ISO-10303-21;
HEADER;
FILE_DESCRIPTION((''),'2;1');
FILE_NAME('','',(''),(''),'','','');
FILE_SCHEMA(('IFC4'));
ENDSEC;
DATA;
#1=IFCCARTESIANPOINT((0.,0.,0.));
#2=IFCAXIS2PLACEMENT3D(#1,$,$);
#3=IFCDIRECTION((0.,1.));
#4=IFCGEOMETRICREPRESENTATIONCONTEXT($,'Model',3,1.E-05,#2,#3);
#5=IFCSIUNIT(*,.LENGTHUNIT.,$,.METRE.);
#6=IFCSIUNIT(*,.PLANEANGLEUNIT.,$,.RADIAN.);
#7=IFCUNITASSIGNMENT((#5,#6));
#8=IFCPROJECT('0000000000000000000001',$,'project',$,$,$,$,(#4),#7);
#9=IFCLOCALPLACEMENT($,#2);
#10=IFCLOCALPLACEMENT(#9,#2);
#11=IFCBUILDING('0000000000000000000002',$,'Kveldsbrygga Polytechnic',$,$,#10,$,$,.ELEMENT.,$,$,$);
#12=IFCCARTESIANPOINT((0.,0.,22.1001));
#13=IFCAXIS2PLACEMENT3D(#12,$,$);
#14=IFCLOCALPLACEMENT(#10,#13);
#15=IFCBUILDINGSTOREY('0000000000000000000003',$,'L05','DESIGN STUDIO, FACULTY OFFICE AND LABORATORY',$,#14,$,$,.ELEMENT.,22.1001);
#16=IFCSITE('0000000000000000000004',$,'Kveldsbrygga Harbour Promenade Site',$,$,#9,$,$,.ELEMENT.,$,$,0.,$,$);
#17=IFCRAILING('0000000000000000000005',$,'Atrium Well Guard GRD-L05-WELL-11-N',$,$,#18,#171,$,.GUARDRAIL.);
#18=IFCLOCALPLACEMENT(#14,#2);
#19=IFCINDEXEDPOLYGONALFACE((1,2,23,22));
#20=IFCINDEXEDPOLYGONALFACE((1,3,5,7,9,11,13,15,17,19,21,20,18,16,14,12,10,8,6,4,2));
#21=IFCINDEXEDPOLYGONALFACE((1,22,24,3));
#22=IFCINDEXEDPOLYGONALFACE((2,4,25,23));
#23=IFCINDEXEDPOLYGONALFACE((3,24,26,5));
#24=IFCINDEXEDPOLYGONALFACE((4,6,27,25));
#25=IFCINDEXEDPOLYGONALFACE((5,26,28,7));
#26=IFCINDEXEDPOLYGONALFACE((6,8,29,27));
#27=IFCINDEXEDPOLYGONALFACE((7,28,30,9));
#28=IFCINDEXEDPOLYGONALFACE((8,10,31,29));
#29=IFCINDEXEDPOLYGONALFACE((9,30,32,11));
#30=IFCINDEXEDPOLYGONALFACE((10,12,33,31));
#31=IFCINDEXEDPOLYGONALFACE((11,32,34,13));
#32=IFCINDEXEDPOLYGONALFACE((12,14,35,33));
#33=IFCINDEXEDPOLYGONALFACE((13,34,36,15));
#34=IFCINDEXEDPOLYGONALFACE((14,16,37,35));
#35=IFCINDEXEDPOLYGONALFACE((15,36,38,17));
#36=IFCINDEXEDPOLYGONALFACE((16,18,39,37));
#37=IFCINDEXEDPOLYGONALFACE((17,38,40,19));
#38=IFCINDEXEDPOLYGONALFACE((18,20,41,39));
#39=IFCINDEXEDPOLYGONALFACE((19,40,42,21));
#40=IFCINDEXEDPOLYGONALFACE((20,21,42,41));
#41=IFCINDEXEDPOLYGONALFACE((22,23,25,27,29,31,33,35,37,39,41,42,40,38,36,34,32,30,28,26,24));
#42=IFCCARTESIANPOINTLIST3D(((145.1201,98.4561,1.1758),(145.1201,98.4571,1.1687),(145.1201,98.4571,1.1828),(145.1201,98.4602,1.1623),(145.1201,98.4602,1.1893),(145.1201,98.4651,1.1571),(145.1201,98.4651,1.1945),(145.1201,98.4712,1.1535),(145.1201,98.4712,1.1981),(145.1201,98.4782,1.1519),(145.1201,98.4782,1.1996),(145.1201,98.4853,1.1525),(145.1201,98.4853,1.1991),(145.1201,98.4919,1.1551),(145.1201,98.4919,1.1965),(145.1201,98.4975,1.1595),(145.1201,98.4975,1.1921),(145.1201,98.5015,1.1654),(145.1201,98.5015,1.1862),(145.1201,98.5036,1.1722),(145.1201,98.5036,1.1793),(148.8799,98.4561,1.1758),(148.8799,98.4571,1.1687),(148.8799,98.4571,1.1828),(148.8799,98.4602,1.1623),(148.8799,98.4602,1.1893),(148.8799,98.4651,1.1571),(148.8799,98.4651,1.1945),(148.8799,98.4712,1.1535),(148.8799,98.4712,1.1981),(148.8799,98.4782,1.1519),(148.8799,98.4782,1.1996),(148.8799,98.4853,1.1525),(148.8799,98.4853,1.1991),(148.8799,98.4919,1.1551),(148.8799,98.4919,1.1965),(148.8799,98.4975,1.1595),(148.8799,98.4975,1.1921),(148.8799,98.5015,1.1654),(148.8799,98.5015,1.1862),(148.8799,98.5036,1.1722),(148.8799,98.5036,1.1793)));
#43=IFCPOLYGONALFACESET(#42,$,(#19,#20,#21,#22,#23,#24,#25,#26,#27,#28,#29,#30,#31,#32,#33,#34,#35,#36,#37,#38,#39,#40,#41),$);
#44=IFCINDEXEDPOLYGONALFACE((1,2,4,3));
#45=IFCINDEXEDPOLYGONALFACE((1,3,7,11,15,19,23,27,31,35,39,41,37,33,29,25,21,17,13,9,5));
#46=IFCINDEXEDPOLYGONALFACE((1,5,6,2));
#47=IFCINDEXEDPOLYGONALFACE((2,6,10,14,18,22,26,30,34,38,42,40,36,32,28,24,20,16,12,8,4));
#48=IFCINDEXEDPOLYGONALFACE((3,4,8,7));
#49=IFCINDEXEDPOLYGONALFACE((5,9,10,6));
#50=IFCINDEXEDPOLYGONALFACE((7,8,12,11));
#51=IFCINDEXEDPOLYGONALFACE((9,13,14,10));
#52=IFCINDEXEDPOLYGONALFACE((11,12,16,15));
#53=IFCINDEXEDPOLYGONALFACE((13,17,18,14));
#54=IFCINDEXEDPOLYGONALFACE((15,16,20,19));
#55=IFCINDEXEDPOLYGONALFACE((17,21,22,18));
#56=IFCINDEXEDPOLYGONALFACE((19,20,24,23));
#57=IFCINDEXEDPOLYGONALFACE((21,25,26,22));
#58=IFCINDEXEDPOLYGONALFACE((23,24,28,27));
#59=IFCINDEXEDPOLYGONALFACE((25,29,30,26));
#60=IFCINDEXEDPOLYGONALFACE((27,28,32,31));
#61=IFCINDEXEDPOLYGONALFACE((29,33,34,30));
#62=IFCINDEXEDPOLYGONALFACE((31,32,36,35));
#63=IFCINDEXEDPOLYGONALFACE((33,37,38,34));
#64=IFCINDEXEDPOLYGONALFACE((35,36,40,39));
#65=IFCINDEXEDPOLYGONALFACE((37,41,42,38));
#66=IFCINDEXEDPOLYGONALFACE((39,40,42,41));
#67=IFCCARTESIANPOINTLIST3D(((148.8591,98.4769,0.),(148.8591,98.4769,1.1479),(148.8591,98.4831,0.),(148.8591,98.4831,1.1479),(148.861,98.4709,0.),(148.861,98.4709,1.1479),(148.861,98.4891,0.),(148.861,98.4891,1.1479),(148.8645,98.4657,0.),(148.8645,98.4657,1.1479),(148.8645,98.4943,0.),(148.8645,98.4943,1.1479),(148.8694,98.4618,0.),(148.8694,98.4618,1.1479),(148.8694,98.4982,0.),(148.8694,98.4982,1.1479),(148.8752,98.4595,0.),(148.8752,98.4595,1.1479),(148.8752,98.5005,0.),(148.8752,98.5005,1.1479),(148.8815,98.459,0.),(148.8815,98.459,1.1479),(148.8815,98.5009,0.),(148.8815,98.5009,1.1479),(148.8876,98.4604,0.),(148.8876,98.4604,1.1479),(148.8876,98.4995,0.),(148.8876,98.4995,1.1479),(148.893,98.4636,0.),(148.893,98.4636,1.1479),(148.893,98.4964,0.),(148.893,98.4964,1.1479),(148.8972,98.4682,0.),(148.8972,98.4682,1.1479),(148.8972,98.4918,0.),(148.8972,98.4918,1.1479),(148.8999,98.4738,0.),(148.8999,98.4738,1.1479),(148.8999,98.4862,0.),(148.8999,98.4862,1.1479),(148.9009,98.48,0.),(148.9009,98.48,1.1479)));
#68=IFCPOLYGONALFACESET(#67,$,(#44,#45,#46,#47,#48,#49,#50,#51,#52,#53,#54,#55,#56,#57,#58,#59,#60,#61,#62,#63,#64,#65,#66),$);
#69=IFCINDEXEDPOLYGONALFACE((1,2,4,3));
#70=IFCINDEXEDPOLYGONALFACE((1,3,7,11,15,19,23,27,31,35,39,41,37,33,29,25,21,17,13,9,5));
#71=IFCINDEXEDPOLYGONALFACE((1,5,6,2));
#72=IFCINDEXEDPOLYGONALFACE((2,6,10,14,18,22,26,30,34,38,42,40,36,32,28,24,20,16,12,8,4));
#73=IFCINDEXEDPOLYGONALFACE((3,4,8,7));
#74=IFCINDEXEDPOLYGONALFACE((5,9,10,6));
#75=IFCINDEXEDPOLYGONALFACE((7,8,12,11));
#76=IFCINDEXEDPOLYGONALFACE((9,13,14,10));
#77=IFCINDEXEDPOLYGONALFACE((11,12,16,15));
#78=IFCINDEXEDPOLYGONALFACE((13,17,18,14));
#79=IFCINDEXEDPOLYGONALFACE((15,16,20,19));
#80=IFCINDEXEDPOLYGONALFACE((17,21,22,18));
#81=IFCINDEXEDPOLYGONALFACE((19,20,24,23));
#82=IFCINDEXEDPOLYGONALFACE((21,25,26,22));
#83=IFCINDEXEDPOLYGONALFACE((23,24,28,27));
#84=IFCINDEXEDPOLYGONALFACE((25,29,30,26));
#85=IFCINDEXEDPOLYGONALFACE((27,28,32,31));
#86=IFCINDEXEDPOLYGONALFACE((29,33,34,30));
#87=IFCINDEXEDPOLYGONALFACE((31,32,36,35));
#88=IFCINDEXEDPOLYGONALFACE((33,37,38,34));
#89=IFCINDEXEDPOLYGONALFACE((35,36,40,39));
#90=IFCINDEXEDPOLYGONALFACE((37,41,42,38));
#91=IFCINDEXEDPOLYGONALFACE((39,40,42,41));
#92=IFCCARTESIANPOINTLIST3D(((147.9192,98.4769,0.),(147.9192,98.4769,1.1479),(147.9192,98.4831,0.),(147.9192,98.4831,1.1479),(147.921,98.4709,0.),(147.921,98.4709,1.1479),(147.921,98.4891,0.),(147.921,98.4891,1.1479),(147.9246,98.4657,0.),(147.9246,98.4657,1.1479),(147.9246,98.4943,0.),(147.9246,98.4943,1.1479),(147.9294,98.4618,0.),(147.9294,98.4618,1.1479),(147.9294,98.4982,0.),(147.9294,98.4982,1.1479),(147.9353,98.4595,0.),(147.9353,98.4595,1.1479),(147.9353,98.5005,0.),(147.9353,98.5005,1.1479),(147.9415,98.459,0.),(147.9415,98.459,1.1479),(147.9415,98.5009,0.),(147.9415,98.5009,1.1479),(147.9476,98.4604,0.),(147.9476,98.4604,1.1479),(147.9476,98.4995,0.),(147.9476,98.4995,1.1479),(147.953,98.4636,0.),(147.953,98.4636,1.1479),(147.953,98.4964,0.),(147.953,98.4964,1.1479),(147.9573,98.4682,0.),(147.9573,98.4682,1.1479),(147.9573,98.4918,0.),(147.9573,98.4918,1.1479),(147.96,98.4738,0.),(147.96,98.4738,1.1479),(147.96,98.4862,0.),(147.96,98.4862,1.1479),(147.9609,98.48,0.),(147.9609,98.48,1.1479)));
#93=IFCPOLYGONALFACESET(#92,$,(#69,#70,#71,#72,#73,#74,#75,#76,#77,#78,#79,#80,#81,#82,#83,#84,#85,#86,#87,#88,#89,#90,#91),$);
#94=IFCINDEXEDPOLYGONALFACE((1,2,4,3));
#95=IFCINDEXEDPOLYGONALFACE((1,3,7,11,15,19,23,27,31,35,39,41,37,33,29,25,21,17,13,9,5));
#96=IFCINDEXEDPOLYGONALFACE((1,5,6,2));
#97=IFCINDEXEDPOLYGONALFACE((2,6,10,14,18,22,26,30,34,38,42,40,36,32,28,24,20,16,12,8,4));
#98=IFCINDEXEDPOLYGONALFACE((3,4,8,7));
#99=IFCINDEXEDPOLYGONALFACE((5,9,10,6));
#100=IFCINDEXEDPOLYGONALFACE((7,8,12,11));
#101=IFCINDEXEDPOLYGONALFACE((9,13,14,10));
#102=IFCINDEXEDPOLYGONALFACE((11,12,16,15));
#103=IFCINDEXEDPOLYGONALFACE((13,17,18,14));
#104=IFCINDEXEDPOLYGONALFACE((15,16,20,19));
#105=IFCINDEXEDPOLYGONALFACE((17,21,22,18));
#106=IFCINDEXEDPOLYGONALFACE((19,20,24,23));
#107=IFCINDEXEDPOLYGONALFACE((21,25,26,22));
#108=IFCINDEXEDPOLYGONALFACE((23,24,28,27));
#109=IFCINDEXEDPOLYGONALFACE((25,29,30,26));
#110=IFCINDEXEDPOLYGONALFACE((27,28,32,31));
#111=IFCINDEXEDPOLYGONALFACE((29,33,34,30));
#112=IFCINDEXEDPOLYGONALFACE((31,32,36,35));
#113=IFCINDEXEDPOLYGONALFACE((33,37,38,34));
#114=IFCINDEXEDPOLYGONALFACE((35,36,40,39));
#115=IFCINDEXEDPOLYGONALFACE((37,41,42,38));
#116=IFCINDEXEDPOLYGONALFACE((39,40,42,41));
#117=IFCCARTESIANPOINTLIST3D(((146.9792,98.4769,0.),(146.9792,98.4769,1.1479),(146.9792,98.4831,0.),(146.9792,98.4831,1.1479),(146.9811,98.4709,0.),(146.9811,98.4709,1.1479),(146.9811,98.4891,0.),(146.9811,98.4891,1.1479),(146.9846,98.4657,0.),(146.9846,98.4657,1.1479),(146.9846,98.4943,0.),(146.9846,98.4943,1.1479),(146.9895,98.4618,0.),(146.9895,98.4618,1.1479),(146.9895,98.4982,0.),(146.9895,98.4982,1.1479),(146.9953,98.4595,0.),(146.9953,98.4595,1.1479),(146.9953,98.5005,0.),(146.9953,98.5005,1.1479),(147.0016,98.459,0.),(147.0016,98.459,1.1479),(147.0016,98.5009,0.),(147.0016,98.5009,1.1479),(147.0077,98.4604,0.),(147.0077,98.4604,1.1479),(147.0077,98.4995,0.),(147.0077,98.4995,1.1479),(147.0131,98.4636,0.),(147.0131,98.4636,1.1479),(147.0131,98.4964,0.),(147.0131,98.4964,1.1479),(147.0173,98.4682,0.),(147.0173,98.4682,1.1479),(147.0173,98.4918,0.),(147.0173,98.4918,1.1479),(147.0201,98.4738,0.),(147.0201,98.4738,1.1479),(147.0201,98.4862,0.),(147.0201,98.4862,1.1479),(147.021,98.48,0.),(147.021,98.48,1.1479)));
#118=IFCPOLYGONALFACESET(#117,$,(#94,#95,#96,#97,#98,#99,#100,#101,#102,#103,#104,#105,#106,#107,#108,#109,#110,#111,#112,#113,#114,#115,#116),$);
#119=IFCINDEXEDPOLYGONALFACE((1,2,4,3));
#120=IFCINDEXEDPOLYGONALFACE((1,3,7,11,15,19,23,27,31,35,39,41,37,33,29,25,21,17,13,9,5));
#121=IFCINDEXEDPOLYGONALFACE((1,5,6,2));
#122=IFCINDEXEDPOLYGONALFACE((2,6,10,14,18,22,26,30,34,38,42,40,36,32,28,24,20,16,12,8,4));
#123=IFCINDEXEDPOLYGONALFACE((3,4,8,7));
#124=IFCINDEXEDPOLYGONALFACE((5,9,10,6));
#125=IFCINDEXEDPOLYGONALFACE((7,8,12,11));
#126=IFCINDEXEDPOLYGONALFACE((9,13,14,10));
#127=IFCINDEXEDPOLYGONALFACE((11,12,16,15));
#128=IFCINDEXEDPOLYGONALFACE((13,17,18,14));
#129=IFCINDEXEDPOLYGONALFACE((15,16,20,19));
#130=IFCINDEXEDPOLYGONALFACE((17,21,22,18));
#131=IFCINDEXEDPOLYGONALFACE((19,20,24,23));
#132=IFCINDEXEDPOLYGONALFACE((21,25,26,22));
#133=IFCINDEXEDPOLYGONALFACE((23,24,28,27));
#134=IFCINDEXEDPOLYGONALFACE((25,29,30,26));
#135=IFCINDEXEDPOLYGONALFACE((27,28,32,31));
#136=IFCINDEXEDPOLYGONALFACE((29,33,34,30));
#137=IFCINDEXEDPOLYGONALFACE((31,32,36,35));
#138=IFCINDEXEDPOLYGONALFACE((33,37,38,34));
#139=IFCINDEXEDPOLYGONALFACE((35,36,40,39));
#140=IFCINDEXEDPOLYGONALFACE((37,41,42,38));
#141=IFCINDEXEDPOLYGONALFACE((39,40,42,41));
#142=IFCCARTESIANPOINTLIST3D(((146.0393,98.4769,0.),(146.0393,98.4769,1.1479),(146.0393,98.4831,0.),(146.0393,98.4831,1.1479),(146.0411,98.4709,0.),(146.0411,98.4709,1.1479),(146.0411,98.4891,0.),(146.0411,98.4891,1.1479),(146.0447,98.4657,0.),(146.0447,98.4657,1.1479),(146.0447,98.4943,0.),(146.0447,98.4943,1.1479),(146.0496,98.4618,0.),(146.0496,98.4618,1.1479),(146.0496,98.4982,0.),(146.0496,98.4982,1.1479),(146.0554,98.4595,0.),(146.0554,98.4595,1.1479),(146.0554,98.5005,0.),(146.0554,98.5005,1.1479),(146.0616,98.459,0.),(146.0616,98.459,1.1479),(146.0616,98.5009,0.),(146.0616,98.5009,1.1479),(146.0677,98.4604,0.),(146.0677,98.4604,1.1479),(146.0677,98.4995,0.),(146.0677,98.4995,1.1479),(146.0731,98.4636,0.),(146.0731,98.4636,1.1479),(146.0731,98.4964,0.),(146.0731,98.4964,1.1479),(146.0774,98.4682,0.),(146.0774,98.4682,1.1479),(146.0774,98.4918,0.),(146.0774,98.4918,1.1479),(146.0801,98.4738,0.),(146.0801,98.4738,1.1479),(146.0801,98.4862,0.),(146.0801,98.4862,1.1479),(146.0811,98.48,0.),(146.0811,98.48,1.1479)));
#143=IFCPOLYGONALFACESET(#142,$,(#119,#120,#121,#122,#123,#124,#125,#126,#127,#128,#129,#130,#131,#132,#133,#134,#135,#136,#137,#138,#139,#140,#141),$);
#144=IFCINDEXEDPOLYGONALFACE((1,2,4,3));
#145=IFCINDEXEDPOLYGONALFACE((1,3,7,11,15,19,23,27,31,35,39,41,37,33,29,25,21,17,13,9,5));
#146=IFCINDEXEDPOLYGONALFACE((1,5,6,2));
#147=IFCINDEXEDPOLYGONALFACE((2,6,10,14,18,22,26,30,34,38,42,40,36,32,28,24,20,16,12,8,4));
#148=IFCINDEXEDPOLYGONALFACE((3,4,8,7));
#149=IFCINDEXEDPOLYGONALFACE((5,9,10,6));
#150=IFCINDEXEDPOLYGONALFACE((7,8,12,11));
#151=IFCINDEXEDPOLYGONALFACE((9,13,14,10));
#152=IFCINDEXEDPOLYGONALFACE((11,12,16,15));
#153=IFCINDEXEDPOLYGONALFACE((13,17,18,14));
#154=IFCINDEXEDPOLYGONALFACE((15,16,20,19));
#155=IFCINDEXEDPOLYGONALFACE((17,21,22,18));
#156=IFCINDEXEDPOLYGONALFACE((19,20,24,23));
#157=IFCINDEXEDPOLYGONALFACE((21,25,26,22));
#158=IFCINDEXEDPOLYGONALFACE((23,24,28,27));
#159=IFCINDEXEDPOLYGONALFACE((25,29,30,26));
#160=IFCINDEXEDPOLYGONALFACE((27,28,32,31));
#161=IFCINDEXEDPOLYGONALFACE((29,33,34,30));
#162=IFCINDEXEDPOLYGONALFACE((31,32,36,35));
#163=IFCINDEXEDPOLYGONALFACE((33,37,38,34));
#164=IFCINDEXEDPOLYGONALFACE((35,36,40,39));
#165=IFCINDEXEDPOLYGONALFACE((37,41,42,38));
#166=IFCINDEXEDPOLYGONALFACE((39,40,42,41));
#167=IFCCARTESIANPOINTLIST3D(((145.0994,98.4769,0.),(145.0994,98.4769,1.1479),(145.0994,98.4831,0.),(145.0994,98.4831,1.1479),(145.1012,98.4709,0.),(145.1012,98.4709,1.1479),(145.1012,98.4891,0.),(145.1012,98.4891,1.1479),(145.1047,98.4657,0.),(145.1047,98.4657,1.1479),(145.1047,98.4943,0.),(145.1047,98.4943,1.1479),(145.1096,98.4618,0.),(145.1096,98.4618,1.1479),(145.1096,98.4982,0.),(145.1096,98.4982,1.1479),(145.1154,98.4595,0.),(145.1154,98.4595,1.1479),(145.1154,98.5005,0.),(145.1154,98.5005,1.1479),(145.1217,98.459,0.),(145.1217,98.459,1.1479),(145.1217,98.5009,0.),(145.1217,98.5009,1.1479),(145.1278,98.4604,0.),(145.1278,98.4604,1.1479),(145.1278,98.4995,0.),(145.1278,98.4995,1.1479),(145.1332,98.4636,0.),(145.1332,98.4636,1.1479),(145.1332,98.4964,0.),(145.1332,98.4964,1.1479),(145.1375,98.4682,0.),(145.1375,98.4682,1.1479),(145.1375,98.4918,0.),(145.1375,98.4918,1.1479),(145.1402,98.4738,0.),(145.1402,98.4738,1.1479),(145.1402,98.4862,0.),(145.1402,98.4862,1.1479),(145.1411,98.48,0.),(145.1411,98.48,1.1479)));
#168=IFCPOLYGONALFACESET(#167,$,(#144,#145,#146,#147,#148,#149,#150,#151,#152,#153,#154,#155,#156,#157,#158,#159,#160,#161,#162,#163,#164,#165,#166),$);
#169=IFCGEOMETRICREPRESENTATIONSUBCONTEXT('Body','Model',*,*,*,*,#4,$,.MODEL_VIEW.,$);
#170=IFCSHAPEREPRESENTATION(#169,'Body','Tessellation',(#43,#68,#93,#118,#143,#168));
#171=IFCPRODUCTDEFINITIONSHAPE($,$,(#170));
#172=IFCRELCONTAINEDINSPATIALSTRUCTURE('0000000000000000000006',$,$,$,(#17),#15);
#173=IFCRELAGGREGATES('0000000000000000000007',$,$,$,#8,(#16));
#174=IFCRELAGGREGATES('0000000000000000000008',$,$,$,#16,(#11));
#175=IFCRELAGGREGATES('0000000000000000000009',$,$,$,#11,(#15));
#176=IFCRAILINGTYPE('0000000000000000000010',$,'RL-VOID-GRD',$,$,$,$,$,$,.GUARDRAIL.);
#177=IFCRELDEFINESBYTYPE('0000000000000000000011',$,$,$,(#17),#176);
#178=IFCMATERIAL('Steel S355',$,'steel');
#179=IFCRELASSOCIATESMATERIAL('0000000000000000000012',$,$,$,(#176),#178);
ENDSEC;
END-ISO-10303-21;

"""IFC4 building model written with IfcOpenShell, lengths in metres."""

from ifc_helpers import new_model, si_unit, direction, frame, origin, origin_2d, place, context, subcontext, project, spatial, circle, extrude, material, type_object, element, save


model = new_model("IFC4")

# Units and contexts
model_context = context("Model", 3, precision=1e-05, world=origin(), true_north=direction((0.0, 1.0)))
body_context = subcontext(model_context, "Body", "Model", "MODEL_VIEW")
ifc_project = project(units=[si_unit("LENGTHUNIT", "METRE"), si_unit("PLANEANGLEUNIT", "RADIAN")], contexts=[model_context])

# Site, building, storey
site_placement = place(None, origin())
site = spatial("IfcSite", under=ifc_project, at=site_placement, Name="Kveldsbrygga Harbour Promenade Site", CompositionType="ELEMENT", RefElevation=0.0)
building_placement = place(site_placement, origin())
building = spatial("IfcBuilding", under=site, at=building_placement, Name="Kveldsbrygga Polytechnic", CompositionType="ELEMENT")
storey_placement = place(building_placement, frame((0.0, 0.0, 22.1001)))
storey = spatial("IfcBuildingStorey", under=building, at=storey_placement, Name="L05", Description="DESIGN STUDIO, FACULTY OFFICE AND LABORATORY", CompositionType="ELEMENT", Elevation=22.1001)

# Shared definitions
ifc_material_1 = material(Name="Steel S355", Category="steel")

# Railing
railing_type = type_object("IfcRailingType", Name="RL-VOID-GRD", PredefinedType="GUARDRAIL", material=ifc_material_1)
railing_1_placement = place(storey_placement, frame((148.8799, 98.48, 0.0)))
element("IfcRailing", 1, at=railing_1_placement, inside=storey, type_object=railing_type, Name="Atrium Well Guard GRD-L05-WELL-11-N", PredefinedType="GUARDRAIL", context=body_context, shape_type="SweptSolid", body=[
    extrude(circle(Radius=0.0239, at=origin_2d()), frame((0.0, 0.0, 1.1758), z_axis=(-1.0, 0.0, 0.0), x_axis=(0.0, -1.0, 0.0)), (0.0, 0.0, 1.0), 3.7598),
    extrude(circle(Radius=0.021, at=origin_2d()), origin(), (0.0, 0.0, 1.0), 1.1479),
    extrude(circle(Radius=0.021, at=origin_2d()), frame((-0.9399, 0.0, 0.0)), (0.0, 0.0, 1.0), 1.1479),
    extrude(circle(Radius=0.021, at=origin_2d()), frame((-1.8799, 0.0, 0.0)), (0.0, 0.0, 1.0), 1.1479),
    extrude(circle(Radius=0.021, at=origin_2d()), frame((-2.8198, 0.0, 0.0)), (0.0, 0.0, 1.0), 1.1479),
    extrude(circle(Radius=0.021, at=origin_2d()), frame((-3.7598, 0.0, 0.0)), (0.0, 0.0, 1.0), 1.1479),
])

save(model, "model.ifc")
